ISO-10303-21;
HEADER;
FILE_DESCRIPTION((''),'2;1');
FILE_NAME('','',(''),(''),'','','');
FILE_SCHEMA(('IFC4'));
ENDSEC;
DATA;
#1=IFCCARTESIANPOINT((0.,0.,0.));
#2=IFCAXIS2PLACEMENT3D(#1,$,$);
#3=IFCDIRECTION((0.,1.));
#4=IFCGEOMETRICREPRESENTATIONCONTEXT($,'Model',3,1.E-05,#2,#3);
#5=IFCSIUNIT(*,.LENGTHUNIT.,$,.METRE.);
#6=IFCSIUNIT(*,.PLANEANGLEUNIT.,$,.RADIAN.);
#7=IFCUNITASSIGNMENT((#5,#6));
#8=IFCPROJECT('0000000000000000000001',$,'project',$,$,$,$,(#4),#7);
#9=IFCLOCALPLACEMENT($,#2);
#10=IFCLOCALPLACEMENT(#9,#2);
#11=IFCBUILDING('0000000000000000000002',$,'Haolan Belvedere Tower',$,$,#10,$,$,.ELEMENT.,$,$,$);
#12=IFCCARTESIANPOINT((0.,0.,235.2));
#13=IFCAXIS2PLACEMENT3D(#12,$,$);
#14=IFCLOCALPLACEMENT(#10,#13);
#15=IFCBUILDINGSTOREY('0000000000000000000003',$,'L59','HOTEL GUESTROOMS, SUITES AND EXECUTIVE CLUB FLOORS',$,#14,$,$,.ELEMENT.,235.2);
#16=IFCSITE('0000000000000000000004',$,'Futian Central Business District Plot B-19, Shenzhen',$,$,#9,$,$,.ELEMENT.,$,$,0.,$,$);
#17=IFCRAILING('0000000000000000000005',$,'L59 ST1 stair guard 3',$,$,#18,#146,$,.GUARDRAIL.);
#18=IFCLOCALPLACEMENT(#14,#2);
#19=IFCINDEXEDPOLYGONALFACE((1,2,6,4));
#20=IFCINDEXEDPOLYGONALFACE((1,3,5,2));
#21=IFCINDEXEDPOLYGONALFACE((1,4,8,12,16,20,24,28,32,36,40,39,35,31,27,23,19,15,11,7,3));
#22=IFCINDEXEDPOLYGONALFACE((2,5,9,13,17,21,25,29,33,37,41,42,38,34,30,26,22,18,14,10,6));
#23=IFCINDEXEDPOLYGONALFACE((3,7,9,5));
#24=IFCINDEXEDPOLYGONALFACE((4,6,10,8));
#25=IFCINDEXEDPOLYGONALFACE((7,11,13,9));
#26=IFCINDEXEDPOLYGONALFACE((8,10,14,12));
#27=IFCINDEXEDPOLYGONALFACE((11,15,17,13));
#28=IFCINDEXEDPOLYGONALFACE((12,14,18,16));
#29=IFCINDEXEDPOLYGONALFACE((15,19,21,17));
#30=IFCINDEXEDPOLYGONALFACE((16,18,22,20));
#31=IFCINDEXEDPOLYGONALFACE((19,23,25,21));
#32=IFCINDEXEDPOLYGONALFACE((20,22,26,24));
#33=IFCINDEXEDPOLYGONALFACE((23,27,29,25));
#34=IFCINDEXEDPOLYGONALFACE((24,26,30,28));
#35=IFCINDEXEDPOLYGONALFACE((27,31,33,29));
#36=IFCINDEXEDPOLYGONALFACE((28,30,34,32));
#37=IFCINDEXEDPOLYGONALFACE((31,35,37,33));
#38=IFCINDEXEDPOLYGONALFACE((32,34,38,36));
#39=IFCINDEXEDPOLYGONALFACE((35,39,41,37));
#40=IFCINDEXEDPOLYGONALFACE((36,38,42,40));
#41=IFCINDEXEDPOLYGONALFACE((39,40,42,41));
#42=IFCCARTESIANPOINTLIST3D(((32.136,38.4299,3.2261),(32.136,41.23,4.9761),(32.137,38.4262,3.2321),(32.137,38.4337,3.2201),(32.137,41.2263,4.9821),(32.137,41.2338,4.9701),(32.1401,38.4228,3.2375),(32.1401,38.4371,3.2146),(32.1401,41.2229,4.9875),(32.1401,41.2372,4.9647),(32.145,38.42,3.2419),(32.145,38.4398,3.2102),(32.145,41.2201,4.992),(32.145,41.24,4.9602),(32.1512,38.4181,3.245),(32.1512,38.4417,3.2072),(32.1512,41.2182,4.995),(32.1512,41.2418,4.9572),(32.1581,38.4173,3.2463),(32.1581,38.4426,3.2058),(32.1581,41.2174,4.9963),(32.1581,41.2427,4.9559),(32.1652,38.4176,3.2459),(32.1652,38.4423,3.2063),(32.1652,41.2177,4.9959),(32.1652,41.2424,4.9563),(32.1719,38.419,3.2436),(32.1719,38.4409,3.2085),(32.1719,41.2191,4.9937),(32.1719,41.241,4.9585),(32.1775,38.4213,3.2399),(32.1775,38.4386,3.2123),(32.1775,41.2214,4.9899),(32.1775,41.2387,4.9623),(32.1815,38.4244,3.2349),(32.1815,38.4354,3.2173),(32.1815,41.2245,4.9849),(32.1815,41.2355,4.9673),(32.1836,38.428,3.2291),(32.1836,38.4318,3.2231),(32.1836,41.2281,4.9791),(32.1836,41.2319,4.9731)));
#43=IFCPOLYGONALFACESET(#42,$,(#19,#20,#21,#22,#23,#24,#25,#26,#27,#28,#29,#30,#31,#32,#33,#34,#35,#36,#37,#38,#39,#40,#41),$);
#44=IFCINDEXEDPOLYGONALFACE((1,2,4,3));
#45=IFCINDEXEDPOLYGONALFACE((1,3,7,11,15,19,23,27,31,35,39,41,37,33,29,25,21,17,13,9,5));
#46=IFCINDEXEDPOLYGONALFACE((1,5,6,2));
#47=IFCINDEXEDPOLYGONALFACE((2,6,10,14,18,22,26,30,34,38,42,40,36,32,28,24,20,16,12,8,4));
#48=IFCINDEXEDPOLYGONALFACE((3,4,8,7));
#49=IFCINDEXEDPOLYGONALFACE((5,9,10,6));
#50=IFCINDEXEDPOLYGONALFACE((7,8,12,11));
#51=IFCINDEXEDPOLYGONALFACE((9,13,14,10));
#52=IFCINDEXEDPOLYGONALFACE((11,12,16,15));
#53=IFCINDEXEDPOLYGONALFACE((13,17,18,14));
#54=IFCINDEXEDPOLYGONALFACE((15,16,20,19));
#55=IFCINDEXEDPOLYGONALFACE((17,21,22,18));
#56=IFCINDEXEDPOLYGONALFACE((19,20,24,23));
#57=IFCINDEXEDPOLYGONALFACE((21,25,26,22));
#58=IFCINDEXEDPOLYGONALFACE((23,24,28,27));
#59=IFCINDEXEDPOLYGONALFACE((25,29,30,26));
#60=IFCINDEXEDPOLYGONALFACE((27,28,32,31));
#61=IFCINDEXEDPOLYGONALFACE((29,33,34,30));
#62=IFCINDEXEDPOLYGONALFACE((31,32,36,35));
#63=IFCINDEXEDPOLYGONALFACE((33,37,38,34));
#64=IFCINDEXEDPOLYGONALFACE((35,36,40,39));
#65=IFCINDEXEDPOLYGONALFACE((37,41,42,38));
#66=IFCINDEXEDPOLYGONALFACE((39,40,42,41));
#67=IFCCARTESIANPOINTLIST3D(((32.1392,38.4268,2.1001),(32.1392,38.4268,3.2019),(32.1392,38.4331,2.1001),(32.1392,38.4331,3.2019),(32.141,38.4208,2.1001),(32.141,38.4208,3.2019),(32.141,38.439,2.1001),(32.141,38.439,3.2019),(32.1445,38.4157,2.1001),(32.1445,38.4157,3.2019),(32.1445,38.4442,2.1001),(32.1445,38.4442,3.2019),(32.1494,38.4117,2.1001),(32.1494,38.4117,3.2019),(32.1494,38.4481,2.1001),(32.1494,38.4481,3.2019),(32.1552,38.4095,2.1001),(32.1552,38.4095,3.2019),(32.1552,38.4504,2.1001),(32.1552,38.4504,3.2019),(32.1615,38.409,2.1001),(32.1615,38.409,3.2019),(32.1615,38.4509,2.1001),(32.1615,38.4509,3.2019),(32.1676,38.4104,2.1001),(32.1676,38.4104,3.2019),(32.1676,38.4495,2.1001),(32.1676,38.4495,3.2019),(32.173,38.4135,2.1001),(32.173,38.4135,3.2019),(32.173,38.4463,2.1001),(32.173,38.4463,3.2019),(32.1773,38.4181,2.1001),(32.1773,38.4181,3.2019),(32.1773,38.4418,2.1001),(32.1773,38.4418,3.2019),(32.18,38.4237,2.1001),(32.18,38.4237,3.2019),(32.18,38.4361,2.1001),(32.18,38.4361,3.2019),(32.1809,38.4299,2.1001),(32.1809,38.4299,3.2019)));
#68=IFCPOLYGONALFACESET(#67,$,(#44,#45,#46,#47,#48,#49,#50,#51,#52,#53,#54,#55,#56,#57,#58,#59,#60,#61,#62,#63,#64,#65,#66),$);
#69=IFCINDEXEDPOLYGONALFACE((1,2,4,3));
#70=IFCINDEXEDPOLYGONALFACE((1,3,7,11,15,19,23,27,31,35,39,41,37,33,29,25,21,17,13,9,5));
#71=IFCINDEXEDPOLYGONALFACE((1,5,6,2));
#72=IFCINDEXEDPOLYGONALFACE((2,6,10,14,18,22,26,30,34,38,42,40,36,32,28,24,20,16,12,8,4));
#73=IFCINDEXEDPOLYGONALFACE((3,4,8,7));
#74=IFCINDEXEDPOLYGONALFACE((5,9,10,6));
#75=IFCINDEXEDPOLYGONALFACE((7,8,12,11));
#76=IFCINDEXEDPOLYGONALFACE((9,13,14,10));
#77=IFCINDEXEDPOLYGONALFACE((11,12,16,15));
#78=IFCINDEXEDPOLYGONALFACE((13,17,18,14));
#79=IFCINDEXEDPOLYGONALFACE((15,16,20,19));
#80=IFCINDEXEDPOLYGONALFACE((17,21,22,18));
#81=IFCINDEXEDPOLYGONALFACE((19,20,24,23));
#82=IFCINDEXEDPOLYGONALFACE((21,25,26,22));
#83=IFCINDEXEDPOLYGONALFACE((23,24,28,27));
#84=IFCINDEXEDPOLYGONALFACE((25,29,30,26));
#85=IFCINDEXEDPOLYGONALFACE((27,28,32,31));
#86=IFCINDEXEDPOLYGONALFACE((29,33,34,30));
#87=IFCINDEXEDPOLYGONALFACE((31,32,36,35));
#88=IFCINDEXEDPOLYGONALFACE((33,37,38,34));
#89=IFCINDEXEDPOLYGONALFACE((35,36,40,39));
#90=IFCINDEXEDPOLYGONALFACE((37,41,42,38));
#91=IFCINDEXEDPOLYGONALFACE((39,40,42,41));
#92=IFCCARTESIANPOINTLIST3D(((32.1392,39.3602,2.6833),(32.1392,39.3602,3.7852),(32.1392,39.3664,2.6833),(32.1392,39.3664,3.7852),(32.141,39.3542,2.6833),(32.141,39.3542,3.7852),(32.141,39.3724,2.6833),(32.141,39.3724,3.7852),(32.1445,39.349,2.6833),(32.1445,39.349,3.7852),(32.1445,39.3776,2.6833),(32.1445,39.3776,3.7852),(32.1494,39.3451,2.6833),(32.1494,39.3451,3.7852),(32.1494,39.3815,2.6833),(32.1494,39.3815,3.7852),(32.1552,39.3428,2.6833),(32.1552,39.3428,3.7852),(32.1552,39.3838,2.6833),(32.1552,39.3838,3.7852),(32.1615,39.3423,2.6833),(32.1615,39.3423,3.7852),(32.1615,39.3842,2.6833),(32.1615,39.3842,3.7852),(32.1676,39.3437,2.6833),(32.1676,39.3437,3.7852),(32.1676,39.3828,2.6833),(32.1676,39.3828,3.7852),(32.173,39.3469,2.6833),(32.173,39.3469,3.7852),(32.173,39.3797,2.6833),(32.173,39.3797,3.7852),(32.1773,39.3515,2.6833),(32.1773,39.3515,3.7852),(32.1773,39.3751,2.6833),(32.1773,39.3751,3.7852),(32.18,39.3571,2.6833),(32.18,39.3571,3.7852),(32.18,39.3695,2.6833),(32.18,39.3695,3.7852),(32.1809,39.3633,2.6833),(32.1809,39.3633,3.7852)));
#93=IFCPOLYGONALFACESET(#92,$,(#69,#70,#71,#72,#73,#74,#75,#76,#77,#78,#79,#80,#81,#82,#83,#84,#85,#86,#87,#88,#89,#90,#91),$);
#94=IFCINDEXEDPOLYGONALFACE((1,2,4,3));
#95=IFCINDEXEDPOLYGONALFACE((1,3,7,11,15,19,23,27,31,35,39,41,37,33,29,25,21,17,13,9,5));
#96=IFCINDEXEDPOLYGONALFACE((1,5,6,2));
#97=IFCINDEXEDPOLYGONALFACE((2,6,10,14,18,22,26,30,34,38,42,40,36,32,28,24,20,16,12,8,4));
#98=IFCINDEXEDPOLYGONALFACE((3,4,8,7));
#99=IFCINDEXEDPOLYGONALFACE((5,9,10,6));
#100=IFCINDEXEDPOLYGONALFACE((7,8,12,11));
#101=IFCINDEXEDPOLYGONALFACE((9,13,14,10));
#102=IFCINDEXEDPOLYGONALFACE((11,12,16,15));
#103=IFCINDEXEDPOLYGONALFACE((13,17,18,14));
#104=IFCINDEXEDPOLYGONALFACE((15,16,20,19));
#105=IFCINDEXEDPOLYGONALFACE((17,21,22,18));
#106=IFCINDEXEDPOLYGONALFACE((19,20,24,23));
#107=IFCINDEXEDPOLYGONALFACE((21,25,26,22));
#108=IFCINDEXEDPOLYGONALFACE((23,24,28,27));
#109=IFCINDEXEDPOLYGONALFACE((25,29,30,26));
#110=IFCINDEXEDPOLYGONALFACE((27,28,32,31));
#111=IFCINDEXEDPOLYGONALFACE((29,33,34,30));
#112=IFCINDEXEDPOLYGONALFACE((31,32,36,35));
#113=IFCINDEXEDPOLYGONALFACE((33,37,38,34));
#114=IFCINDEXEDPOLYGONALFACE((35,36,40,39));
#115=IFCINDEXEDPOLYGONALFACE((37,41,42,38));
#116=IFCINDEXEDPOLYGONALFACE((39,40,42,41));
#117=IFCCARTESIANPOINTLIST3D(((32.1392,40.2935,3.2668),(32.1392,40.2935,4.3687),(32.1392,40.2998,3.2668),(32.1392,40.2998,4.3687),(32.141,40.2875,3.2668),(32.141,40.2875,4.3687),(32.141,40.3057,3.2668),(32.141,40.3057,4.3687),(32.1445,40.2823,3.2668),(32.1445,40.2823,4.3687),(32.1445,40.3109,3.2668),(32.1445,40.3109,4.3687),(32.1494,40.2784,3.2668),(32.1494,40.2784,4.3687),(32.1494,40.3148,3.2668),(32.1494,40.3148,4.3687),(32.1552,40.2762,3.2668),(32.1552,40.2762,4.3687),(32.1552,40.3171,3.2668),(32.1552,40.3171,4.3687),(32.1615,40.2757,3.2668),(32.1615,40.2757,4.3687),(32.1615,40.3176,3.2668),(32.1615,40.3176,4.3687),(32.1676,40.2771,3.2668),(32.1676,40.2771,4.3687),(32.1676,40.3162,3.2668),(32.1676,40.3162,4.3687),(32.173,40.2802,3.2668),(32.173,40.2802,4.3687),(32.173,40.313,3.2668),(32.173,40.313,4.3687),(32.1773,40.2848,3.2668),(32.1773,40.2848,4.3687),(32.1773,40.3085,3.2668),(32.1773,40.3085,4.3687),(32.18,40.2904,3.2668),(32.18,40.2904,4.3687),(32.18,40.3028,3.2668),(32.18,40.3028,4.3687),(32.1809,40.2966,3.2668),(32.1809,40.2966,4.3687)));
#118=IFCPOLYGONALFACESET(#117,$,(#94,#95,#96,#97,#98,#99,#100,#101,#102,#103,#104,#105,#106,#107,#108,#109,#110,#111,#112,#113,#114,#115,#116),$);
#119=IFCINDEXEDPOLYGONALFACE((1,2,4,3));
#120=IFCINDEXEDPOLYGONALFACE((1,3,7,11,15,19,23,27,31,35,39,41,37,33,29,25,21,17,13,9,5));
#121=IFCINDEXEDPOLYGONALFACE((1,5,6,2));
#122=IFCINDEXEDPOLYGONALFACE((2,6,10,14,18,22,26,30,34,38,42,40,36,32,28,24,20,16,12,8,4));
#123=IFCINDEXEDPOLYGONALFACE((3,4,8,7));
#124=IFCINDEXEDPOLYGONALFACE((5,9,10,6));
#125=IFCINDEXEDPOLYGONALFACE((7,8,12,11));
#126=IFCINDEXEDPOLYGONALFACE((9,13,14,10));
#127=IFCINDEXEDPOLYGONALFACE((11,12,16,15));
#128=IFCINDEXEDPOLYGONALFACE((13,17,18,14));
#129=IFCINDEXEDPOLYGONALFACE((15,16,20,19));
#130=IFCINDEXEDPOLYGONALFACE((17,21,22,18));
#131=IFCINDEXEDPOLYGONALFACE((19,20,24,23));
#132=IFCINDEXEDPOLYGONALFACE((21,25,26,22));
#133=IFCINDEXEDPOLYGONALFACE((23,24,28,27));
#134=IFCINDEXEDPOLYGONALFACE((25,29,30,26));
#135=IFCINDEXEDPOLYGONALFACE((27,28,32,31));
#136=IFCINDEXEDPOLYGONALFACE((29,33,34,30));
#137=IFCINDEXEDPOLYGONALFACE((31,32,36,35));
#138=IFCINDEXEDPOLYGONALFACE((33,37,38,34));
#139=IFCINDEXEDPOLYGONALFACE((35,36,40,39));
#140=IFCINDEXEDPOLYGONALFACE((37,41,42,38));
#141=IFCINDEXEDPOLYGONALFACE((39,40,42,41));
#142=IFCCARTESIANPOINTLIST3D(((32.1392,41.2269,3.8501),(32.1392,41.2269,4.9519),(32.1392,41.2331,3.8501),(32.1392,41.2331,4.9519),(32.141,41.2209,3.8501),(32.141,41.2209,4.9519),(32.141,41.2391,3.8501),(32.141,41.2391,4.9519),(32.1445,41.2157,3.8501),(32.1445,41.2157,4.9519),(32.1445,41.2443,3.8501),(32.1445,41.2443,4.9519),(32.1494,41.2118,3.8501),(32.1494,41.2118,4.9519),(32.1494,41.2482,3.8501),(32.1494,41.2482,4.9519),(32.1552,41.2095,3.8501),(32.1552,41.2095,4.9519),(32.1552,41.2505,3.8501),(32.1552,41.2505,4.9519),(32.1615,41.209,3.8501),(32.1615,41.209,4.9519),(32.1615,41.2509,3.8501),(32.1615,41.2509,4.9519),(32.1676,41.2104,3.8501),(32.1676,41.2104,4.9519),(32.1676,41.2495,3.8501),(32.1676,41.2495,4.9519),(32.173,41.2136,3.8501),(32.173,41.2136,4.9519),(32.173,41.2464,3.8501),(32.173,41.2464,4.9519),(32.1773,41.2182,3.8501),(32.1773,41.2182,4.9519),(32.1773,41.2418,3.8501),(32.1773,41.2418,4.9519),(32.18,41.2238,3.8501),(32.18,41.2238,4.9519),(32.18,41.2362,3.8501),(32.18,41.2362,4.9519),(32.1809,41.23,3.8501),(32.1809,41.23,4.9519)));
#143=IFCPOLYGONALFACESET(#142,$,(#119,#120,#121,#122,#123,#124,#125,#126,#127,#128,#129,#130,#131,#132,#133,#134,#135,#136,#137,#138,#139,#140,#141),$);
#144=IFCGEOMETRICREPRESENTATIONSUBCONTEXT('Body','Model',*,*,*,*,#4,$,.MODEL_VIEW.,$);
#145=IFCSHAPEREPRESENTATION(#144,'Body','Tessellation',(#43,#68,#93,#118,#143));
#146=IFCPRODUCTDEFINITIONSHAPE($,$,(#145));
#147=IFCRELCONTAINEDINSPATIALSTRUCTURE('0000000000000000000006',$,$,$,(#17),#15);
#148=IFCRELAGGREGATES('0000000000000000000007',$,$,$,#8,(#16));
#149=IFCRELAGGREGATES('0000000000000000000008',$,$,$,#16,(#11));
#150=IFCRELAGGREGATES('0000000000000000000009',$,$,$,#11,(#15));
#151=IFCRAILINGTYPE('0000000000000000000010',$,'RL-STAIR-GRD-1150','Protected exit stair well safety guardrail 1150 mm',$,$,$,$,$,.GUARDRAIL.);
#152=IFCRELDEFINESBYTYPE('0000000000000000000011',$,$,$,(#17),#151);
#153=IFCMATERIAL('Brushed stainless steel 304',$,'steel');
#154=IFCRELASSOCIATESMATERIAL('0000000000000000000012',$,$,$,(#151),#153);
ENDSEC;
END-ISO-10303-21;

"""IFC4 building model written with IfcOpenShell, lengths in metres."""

from ifc_helpers import new_model, si_unit, direction, frame, origin, origin_2d, place, context, subcontext, project, spatial, circle, extrude, material, type_object, element, save


model = new_model("IFC4")

# Units and contexts
model_context = context("Model", 3, precision=1e-05, world=origin(), true_north=direction((0.0, 1.0)))
body_context = subcontext(model_context, "Body", "Model", "MODEL_VIEW")
ifc_project = project(units=[si_unit("LENGTHUNIT", "METRE"), si_unit("PLANEANGLEUNIT", "RADIAN")], contexts=[model_context])

# Site, building, storey
site_placement = place(None, origin())
site = spatial("IfcSite", under=ifc_project, at=site_placement, Name="Futian Central Business District Plot B-19, Shenzhen", CompositionType="ELEMENT", RefElevation=0.0)
building_placement = place(site_placement, origin())
building = spatial("IfcBuilding", under=site, at=building_placement, Name="Haolan Belvedere Tower", CompositionType="ELEMENT")
storey_placement = place(building_placement, frame((0.0, 0.0, 235.2)))
storey = spatial("IfcBuildingStorey", under=building, at=storey_placement, Name="L59", Description="HOTEL GUESTROOMS, SUITES AND EXECUTIVE CLUB FLOORS", CompositionType="ELEMENT", Elevation=235.2)

# Railing
ifc_material_1 = material(Name="Brushed stainless steel 304", Category="steel")
railing_type_1 = type_object("IfcRailingType", Name="RL-STAIR-GRD-1150", Description="Protected exit stair well safety guardrail 1150 mm", PredefinedType="GUARDRAIL", material=ifc_material_1)
railing_1_placement = place(storey_placement, frame((32.1599, 38.4299, 2.1001)))
element("IfcRailing", 1, at=railing_1_placement, inside=storey, type_object=railing_type_1, Name="L59 ST1 stair guard 3", PredefinedType="GUARDRAIL", context=body_context, shape_type="SweptSolid", body=[
    extrude(circle(Radius=0.0239, at=origin_2d()), frame((0.0, 0.0, 1.126), z_axis=(0.0, 0.848002, 0.529992), x_axis=(-1.0, 0.0, 0.0)), (0.0, 0.0, 1.0), 3.302),
    extrude(circle(Radius=0.021, at=origin_2d()), origin(), (0.0, 0.0, 1.0), 1.1018),
    extrude(circle(Radius=0.021, at=origin_2d()), frame((0.0, 0.9333, 0.5833)), (0.0, 0.0, 1.0), 1.1018),
    extrude(circle(Radius=0.021, at=origin_2d()), frame((0.0, 1.8667, 1.1667)), (0.0, 0.0, 1.0), 1.1018),
    extrude(circle(Radius=0.021, at=origin_2d()), frame((0.0, 2.8, 1.75)), (0.0, 0.0, 1.0), 1.1018),
])

save(model, "model.ifc")
